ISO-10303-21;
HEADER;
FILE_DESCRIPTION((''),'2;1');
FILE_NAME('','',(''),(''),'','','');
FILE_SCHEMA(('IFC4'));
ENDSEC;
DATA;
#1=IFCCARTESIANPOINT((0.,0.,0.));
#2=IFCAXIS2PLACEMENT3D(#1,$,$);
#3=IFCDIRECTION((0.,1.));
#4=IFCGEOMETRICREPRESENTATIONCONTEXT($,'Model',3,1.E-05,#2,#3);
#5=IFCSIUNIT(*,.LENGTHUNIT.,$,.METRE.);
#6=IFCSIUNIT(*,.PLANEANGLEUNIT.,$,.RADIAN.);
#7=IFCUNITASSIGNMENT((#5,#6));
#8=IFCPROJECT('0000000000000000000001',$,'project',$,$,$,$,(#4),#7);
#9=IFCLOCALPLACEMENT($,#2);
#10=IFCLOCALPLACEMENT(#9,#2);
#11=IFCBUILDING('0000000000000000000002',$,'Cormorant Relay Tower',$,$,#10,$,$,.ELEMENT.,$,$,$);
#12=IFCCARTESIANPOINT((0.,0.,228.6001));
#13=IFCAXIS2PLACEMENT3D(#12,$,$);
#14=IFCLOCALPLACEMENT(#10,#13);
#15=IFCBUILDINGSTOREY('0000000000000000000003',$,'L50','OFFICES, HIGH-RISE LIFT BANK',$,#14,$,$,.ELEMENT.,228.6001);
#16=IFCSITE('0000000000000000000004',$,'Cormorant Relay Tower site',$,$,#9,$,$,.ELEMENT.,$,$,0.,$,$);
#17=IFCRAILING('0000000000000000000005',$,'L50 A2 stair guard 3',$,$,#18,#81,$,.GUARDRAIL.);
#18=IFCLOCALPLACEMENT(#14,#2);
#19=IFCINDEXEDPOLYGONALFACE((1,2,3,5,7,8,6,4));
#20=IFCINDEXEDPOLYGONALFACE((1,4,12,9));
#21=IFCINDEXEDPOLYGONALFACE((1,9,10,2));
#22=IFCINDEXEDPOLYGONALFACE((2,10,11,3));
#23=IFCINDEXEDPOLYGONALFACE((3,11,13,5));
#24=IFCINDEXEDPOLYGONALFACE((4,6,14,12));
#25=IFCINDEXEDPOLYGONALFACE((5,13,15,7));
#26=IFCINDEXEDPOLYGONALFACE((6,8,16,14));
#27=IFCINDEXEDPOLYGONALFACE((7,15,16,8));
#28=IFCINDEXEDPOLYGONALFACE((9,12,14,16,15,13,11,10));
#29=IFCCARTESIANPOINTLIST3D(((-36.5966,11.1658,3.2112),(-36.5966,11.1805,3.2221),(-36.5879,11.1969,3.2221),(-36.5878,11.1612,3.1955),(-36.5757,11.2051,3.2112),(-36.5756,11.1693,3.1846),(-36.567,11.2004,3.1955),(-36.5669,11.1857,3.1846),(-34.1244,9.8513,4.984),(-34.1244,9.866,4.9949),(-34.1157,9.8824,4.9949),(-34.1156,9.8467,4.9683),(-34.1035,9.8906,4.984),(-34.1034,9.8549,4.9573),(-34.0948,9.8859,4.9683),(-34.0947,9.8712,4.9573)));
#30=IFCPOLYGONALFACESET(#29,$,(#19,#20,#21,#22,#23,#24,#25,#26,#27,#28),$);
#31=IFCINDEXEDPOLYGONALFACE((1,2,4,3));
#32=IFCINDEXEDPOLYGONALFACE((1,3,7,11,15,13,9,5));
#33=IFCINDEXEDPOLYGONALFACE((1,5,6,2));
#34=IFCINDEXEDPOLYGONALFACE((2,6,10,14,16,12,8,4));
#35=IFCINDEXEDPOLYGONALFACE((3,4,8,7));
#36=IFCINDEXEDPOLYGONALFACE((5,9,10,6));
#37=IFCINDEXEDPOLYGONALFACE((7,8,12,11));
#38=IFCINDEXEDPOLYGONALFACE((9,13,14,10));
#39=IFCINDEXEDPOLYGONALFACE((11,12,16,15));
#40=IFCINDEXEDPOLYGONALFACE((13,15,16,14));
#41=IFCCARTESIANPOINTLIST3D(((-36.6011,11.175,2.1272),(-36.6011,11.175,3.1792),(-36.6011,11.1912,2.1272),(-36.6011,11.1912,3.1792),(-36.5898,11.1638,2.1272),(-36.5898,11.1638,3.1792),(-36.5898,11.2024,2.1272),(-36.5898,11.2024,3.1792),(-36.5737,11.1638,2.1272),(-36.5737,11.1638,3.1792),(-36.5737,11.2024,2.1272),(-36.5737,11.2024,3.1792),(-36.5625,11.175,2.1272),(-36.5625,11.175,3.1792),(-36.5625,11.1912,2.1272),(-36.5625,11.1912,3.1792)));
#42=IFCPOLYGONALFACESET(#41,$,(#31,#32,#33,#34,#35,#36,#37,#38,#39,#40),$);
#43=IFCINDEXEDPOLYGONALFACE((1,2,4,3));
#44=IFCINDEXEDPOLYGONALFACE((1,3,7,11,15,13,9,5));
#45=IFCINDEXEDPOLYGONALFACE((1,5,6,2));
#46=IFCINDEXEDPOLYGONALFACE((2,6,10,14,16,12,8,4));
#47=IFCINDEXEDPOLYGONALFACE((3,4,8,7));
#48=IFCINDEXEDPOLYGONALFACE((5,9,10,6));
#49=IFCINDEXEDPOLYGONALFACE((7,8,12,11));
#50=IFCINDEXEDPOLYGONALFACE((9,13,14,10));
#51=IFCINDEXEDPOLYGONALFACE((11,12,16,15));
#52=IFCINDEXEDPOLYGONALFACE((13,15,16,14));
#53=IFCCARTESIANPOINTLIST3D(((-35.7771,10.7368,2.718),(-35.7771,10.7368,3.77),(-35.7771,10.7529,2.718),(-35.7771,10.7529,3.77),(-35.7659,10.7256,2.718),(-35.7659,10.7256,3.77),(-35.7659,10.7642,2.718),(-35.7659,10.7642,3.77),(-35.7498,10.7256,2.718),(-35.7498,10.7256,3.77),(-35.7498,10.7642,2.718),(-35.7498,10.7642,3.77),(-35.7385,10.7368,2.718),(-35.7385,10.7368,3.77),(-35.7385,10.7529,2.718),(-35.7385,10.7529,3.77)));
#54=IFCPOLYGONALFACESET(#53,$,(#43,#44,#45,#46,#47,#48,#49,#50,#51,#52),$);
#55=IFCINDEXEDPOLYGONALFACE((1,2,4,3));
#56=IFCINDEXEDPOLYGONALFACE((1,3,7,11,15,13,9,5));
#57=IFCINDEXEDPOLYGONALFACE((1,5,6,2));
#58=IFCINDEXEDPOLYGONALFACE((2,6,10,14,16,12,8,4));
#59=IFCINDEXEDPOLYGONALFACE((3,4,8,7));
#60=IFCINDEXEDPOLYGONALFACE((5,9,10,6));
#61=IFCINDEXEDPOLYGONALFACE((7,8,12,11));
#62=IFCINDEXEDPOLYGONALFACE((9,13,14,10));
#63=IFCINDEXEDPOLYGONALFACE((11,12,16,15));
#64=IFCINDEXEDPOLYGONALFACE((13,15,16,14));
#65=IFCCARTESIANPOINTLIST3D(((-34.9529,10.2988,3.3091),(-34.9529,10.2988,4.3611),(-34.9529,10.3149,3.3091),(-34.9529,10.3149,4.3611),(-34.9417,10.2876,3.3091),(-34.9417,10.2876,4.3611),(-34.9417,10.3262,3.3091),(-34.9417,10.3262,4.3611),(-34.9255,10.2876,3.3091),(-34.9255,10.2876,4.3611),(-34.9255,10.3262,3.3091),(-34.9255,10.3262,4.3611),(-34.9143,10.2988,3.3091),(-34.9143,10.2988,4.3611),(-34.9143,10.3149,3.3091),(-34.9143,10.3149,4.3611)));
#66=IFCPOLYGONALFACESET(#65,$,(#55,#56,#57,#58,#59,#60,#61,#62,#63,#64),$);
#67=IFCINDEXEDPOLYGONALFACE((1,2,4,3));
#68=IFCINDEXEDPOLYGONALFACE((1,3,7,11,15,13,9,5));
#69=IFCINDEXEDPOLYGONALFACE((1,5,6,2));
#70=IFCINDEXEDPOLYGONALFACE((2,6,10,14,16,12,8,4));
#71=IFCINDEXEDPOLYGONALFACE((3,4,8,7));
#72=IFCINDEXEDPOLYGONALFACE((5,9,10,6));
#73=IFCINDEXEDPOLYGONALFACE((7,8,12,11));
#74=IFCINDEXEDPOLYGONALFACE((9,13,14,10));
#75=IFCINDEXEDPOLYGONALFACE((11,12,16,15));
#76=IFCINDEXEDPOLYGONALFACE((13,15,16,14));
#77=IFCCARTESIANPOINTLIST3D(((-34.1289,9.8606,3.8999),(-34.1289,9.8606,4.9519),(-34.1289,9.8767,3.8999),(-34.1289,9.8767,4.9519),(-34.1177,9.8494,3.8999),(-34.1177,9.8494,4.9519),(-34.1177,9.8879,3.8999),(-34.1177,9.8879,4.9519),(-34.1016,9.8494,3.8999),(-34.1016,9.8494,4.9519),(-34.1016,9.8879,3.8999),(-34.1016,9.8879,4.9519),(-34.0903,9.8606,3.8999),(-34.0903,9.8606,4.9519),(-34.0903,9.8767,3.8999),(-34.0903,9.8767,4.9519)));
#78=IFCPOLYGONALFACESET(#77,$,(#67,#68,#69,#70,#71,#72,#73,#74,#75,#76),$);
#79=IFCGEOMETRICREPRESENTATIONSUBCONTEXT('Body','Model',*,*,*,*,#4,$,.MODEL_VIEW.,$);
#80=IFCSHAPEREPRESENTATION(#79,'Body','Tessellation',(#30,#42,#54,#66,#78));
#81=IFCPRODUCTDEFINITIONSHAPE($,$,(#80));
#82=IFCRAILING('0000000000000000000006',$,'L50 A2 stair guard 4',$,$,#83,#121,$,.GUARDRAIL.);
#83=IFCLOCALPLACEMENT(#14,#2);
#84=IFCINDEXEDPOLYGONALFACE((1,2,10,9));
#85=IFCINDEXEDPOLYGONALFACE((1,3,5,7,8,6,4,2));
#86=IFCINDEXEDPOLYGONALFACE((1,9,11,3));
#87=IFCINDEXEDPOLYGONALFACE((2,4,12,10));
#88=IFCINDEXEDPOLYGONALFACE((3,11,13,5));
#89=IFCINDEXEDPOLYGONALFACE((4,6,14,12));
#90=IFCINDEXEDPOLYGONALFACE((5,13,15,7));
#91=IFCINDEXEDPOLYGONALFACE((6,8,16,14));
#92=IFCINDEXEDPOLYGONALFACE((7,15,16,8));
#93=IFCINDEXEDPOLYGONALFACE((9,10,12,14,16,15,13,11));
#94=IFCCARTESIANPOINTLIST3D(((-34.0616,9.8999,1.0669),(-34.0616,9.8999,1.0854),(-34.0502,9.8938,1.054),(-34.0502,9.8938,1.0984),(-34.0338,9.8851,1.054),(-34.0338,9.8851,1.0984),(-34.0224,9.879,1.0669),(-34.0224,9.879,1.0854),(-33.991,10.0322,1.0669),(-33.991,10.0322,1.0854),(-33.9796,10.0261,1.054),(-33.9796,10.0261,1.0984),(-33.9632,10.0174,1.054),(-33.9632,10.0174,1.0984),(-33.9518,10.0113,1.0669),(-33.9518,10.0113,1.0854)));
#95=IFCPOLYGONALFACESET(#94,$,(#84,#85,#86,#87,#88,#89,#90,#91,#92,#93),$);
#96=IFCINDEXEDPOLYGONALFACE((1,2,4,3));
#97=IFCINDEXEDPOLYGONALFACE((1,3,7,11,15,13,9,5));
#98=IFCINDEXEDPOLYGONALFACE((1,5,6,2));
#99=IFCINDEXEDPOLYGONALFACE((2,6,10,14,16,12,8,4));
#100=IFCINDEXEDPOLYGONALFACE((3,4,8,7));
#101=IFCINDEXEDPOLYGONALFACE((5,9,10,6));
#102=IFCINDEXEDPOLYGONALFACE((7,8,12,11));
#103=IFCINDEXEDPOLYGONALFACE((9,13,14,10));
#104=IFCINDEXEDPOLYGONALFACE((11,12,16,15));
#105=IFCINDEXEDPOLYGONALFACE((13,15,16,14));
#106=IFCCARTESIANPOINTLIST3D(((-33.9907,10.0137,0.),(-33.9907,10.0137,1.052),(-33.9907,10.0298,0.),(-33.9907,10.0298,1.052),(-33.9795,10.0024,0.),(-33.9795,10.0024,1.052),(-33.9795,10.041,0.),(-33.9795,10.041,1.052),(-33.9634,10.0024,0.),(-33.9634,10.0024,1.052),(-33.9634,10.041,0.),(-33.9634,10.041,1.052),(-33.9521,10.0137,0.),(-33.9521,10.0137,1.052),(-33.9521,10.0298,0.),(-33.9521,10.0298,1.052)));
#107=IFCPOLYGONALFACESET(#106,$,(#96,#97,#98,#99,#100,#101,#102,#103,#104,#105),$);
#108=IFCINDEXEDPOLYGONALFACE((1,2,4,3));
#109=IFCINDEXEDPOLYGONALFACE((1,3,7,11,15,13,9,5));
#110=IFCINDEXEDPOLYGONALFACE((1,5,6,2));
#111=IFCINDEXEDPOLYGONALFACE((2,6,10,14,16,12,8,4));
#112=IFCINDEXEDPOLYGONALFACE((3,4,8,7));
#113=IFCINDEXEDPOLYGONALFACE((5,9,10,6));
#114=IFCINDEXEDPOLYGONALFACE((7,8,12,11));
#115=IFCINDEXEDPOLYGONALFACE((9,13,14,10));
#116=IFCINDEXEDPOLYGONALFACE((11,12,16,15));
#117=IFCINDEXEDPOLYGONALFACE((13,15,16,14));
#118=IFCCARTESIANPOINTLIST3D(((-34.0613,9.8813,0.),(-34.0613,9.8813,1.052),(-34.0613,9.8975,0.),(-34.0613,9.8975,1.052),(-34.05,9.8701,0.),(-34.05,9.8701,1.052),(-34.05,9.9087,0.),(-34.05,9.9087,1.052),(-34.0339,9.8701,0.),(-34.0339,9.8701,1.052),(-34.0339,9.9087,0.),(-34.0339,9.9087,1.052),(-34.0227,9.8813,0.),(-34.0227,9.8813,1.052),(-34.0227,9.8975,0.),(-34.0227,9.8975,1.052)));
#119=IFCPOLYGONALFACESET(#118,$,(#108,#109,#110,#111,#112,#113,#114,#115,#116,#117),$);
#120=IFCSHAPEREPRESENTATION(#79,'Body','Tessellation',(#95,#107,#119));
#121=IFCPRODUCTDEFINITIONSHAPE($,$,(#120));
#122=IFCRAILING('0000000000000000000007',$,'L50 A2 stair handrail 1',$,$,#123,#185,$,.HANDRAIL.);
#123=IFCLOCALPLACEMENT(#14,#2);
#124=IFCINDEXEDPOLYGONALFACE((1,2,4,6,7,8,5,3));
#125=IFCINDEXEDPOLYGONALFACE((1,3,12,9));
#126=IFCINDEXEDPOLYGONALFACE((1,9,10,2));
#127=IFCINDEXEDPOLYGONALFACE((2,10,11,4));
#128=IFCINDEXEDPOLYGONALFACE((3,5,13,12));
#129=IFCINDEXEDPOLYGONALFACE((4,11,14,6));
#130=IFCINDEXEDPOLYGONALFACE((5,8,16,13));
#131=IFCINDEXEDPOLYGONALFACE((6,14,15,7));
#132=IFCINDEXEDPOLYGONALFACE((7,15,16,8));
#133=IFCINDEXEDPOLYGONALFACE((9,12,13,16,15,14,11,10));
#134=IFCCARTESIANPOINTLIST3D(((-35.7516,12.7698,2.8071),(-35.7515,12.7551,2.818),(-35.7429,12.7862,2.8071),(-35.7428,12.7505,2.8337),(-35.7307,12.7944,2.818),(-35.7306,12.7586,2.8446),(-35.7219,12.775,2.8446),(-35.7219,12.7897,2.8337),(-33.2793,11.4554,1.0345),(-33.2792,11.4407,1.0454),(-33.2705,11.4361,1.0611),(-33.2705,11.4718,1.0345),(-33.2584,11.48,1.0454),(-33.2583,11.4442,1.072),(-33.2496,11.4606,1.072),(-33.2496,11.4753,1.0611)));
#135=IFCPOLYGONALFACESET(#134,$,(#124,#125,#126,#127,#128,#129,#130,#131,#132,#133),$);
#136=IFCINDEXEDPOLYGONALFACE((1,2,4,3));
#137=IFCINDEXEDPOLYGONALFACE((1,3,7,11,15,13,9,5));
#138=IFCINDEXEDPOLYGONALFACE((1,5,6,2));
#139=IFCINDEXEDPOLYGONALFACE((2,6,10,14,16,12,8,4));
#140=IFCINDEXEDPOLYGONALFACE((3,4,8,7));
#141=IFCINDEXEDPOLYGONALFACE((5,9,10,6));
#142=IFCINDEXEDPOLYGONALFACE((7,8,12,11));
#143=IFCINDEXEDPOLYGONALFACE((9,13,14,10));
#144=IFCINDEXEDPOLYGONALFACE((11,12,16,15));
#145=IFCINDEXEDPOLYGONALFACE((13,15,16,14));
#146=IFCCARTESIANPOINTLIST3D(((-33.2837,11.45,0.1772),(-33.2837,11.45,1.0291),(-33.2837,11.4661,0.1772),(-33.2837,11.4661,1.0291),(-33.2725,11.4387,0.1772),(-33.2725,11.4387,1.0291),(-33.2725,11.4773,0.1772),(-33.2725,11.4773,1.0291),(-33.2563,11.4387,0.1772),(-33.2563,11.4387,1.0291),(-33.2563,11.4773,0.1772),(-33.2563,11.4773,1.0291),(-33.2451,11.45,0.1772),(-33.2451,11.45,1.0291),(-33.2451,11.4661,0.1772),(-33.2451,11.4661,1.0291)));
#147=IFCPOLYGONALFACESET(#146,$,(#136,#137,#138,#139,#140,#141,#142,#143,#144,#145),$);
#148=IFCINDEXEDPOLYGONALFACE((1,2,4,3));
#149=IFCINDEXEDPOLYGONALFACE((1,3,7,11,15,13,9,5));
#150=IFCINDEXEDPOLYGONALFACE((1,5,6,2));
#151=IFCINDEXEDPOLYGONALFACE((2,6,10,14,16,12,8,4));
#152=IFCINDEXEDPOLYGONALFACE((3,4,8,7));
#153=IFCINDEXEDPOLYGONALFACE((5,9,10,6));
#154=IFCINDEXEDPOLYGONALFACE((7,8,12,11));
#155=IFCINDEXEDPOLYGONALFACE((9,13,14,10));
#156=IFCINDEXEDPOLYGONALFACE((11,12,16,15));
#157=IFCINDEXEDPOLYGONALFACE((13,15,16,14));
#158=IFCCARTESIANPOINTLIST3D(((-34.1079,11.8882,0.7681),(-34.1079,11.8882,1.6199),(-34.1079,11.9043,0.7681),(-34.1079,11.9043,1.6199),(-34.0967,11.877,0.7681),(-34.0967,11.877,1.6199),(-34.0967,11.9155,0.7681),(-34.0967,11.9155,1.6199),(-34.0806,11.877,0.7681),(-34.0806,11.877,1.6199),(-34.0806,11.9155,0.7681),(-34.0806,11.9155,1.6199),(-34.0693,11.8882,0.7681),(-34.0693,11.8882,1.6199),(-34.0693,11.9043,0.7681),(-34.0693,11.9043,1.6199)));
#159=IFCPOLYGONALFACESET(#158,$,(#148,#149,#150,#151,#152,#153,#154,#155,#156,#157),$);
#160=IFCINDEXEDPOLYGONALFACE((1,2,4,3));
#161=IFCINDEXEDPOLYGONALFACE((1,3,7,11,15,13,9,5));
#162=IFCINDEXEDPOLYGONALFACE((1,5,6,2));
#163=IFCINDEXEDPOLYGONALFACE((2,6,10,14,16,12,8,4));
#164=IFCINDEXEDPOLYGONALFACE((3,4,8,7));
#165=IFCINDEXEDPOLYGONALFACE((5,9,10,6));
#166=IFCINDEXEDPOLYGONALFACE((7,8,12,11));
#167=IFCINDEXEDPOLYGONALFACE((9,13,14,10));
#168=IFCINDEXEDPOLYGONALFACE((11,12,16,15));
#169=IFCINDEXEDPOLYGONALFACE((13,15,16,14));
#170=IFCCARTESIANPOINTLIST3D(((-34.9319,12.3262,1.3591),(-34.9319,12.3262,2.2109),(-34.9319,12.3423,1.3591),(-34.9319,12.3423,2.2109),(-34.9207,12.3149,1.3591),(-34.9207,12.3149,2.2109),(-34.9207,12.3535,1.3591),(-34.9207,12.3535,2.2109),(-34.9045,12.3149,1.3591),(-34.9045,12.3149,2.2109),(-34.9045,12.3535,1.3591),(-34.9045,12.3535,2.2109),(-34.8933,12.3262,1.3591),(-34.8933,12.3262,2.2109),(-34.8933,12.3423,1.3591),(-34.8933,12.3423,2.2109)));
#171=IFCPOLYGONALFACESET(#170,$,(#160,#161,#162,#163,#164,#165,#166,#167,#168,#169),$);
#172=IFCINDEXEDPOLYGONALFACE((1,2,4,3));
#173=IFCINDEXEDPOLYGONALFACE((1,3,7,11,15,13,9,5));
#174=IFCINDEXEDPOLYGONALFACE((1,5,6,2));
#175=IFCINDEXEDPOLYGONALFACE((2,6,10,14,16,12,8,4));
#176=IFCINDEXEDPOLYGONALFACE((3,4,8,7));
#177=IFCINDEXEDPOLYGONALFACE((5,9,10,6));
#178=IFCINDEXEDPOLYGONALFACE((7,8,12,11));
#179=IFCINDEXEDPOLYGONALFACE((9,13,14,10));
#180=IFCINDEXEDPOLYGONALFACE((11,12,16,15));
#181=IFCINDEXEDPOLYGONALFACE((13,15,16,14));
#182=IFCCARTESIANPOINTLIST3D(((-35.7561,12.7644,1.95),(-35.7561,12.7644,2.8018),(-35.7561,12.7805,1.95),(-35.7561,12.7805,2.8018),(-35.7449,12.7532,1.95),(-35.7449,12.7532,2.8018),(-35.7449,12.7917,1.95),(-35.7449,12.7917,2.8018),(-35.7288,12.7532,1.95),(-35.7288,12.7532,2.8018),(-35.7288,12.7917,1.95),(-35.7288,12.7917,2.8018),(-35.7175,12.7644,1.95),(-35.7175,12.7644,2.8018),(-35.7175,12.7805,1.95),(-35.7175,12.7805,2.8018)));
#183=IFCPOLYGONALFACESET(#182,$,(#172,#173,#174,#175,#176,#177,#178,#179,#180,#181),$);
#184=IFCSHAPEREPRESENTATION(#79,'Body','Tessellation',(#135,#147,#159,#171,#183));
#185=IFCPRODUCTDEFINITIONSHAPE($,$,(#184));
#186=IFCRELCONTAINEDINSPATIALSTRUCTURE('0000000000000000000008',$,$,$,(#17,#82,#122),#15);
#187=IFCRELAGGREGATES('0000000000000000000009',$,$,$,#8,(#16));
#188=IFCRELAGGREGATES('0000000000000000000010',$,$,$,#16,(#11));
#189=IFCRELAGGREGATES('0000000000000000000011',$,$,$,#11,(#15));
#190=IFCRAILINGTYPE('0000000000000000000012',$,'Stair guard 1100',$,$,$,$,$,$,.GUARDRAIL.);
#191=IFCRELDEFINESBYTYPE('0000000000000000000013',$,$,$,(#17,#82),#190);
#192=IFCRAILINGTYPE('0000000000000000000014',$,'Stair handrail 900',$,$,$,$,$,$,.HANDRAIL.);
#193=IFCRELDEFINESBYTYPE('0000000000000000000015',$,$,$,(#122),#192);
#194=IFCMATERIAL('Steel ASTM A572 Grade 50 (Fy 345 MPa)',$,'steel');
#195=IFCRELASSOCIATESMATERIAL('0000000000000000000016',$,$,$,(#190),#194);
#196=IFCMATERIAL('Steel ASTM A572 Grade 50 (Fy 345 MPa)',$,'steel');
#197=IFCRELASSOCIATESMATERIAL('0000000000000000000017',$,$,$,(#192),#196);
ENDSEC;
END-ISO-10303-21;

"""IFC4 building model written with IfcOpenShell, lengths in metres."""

from ifc_helpers import new_model, si_unit, direction, frame, origin, place, context, subcontext, project, spatial, polyline, outline, extrude, material, type_object, element, save


model = new_model("IFC4")

# Units and contexts
model_context = context("Model", 3, precision=1e-05, world=origin(), true_north=direction((0.0, 1.0)))
body_context = subcontext(model_context, "Body", "Model", "MODEL_VIEW")
ifc_project = project(units=[si_unit("LENGTHUNIT", "METRE"), si_unit("PLANEANGLEUNIT", "RADIAN")], contexts=[model_context])

# Site, building, storey
site_placement = place(None, origin())
site = spatial("IfcSite", under=ifc_project, at=site_placement, Name="Cormorant Relay Tower site", CompositionType="ELEMENT", RefElevation=0.0)
building_placement = place(site_placement, origin())
building = spatial("IfcBuilding", under=site, at=building_placement, Name="Cormorant Relay Tower", CompositionType="ELEMENT")
storey_placement = place(building_placement, frame((0.0, 0.0, 228.6001)))
storey = spatial("IfcBuildingStorey", under=building, at=storey_placement, Name="L50", Description="OFFICES, HIGH-RISE LIFT BANK", CompositionType="ELEMENT", Elevation=228.6001)

# Railings
ifc_material_1 = material(Name="Steel ASTM A572 Grade 50 (Fy 345 MPa)", Category="steel")
railing_type_1 = type_object("IfcRailingType", Name="Stair guard 1100", PredefinedType="GUARDRAIL", material=ifc_material_1)
railing_1_placement = place(storey_placement, frame((-36.5818, 11.1831, 2.1272)))
element("IfcRailing", 1, at=railing_1_placement, inside=storey, type_object=railing_type_1, Name="L50 A2 stair guard 3", PredefinedType="GUARDRAIL", context=body_context, shape_type="SweptSolid", body=[
    extrude(outline(polyline([(0.0222, 0.0093), (0.0093, 0.0222), (-0.0093, 0.0222), (-0.0222, 0.0093), (-0.0222, -0.0093), (-0.0093, -0.0222), (0.0093, -0.0222), (0.0222, -0.0093), (0.0222, 0.0093)])), frame((0.0, 0.0, 1.0762), z_axis=(0.746001, -0.396649, 0.534931), x_axis=(0.469465, 0.882951, 0.0)), (0.0, 0.0, 1.0), 3.314),
    extrude(outline(polyline([(0.0193, 0.0081), (0.0081, 0.0193), (-0.0081, 0.0193), (-0.0193, 0.0081), (-0.0193, -0.0081), (-0.0081, -0.0193), (0.0081, -0.0193), (0.0193, -0.0081), (0.0193, 0.0081)])), origin(), (0.0, 0.0, 1.0), 1.052),
    extrude(outline(polyline([(0.0193, 0.0081), (0.0081, 0.0193), (-0.0081, 0.0193), (-0.0193, 0.0081), (-0.0193, -0.0081), (-0.0081, -0.0193), (0.0081, -0.0193), (0.0193, -0.0081), (0.0193, 0.0081)])), frame((0.824, -0.4382, 0.5908)), (0.0, 0.0, 1.0), 1.052),
    extrude(outline(polyline([(0.0193, 0.0081), (0.0081, 0.0193), (-0.0081, 0.0193), (-0.0193, 0.0081), (-0.0193, -0.0081), (-0.0081, -0.0193), (0.0081, -0.0193), (0.0193, -0.0081), (0.0193, 0.0081)])), frame((1.6482, -0.8762, 1.1819)), (0.0, 0.0, 1.0), 1.052),
    extrude(outline(polyline([(0.0193, 0.0081), (0.0081, 0.0193), (-0.0081, 0.0193), (-0.0193, 0.0081), (-0.0193, -0.0081), (-0.0081, -0.0193), (0.0081, -0.0193), (0.0193, -0.0081), (0.0193, 0.0081)])), frame((2.4722, -1.3145, 1.7727)), (0.0, 0.0, 1.0), 1.052),
])
railing_2_placement = place(storey_placement, frame((-33.9714, 10.0217, 0.0)))
element("IfcRailing", 2, at=railing_2_placement, inside=storey, type_object=railing_type_1, Name="L50 A2 stair guard 4", PredefinedType="GUARDRAIL", context=body_context, shape_type="SweptSolid", body=[
    extrude(outline(polyline([(0.0222, 0.0093), (0.0093, 0.0222), (-0.0093, 0.0222), (-0.0222, 0.0093), (-0.0222, -0.0093), (-0.0093, -0.0222), (0.0093, -0.0222), (0.0222, -0.0093), (0.0222, 0.0093)])), frame((0.0, 0.0, 1.0762), z_axis=(-0.470504, -0.882398, 0.0), x_axis=(0.882398, -0.470504, 0.0)), (0.0, 0.0, 1.0), 0.1499),
    extrude(outline(polyline([(0.0193, 0.0081), (0.0081, 0.0193), (-0.0081, 0.0193), (-0.0193, 0.0081), (-0.0193, -0.0081), (-0.0081, -0.0193), (0.0081, -0.0193), (0.0193, -0.0081), (0.0193, 0.0081)])), origin(), (0.0, 0.0, 1.0), 1.052),
    extrude(outline(polyline([(0.0193, 0.0081), (0.0081, 0.0193), (-0.0081, 0.0193), (-0.0193, 0.0081), (-0.0193, -0.0081), (-0.0081, -0.0193), (0.0081, -0.0193), (0.0193, -0.0081), (0.0193, 0.0081)])), frame((-0.0706, -0.1323, 0.0)), (0.0, 0.0, 1.0), 1.052),
])
ifc_material_2 = material(Name="Steel ASTM A572 Grade 50 (Fy 345 MPa)", Category="steel")
railing_type_2 = type_object("IfcRailingType", Name="Stair handrail 900", PredefinedType="HANDRAIL", material=ifc_material_2)
railing_3_placement = place(storey_placement, frame((-33.2644, 11.458, 0.1772)))
element("IfcRailing", 3, at=railing_3_placement, inside=storey, type_object=railing_type_2, Name="L50 A2 stair handrail 1", PredefinedType="HANDRAIL", context=body_context, shape_type="SweptSolid", body=[
    extrude(outline(polyline([(0.0222, 0.0093), (0.0093, 0.0222), (-0.0093, 0.0222), (-0.0222, 0.0093), (-0.0222, -0.0093), (-0.0093, -0.0222), (0.0093, -0.0222), (0.0222, -0.0093), (0.0222, 0.0093)])), frame((0.0, 0.0, 0.876), z_axis=(-0.746034, 0.396627, 0.534902), x_axis=(-0.469429, -0.88297, 0.0)), (0.0, 0.0, 1.0), 3.314),
    extrude(outline(polyline([(0.0193, 0.0081), (0.0081, 0.0193), (-0.0081, 0.0193), (-0.0193, 0.0081), (-0.0193, -0.0081), (-0.0081, -0.0193), (0.0081, -0.0193), (0.0193, -0.0081), (0.0193, 0.0081)])), origin(), (0.0, 0.0, 1.0), 0.8518),
    extrude(outline(polyline([(0.0193, 0.0081), (0.0081, 0.0193), (-0.0081, 0.0193), (-0.0193, 0.0081), (-0.0193, -0.0081), (-0.0081, -0.0193), (0.0081, -0.0193), (0.0193, -0.0081), (0.0193, 0.0081)])), frame((-0.8242, 0.4382, 0.5908)), (0.0, 0.0, 1.0), 0.8518),
    extrude(outline(polyline([(0.0193, 0.0081), (0.0081, 0.0193), (-0.0081, 0.0193), (-0.0193, 0.0081), (-0.0193, -0.0081), (-0.0081, -0.0193), (0.0081, -0.0193), (0.0193, -0.0081), (0.0193, 0.0081)])), frame((-1.6482, 0.8762, 1.1819)), (0.0, 0.0, 1.0), 0.8518),
    extrude(outline(polyline([(0.0193, 0.0081), (0.0081, 0.0193), (-0.0081, 0.0193), (-0.0193, 0.0081), (-0.0193, -0.0081), (-0.0081, -0.0193), (0.0081, -0.0193), (0.0193, -0.0081), (0.0193, 0.0081)])), frame((-2.4724, 1.3145, 1.7727)), (0.0, 0.0, 1.0), 0.8518),
])

save(model, "model.ifc")
